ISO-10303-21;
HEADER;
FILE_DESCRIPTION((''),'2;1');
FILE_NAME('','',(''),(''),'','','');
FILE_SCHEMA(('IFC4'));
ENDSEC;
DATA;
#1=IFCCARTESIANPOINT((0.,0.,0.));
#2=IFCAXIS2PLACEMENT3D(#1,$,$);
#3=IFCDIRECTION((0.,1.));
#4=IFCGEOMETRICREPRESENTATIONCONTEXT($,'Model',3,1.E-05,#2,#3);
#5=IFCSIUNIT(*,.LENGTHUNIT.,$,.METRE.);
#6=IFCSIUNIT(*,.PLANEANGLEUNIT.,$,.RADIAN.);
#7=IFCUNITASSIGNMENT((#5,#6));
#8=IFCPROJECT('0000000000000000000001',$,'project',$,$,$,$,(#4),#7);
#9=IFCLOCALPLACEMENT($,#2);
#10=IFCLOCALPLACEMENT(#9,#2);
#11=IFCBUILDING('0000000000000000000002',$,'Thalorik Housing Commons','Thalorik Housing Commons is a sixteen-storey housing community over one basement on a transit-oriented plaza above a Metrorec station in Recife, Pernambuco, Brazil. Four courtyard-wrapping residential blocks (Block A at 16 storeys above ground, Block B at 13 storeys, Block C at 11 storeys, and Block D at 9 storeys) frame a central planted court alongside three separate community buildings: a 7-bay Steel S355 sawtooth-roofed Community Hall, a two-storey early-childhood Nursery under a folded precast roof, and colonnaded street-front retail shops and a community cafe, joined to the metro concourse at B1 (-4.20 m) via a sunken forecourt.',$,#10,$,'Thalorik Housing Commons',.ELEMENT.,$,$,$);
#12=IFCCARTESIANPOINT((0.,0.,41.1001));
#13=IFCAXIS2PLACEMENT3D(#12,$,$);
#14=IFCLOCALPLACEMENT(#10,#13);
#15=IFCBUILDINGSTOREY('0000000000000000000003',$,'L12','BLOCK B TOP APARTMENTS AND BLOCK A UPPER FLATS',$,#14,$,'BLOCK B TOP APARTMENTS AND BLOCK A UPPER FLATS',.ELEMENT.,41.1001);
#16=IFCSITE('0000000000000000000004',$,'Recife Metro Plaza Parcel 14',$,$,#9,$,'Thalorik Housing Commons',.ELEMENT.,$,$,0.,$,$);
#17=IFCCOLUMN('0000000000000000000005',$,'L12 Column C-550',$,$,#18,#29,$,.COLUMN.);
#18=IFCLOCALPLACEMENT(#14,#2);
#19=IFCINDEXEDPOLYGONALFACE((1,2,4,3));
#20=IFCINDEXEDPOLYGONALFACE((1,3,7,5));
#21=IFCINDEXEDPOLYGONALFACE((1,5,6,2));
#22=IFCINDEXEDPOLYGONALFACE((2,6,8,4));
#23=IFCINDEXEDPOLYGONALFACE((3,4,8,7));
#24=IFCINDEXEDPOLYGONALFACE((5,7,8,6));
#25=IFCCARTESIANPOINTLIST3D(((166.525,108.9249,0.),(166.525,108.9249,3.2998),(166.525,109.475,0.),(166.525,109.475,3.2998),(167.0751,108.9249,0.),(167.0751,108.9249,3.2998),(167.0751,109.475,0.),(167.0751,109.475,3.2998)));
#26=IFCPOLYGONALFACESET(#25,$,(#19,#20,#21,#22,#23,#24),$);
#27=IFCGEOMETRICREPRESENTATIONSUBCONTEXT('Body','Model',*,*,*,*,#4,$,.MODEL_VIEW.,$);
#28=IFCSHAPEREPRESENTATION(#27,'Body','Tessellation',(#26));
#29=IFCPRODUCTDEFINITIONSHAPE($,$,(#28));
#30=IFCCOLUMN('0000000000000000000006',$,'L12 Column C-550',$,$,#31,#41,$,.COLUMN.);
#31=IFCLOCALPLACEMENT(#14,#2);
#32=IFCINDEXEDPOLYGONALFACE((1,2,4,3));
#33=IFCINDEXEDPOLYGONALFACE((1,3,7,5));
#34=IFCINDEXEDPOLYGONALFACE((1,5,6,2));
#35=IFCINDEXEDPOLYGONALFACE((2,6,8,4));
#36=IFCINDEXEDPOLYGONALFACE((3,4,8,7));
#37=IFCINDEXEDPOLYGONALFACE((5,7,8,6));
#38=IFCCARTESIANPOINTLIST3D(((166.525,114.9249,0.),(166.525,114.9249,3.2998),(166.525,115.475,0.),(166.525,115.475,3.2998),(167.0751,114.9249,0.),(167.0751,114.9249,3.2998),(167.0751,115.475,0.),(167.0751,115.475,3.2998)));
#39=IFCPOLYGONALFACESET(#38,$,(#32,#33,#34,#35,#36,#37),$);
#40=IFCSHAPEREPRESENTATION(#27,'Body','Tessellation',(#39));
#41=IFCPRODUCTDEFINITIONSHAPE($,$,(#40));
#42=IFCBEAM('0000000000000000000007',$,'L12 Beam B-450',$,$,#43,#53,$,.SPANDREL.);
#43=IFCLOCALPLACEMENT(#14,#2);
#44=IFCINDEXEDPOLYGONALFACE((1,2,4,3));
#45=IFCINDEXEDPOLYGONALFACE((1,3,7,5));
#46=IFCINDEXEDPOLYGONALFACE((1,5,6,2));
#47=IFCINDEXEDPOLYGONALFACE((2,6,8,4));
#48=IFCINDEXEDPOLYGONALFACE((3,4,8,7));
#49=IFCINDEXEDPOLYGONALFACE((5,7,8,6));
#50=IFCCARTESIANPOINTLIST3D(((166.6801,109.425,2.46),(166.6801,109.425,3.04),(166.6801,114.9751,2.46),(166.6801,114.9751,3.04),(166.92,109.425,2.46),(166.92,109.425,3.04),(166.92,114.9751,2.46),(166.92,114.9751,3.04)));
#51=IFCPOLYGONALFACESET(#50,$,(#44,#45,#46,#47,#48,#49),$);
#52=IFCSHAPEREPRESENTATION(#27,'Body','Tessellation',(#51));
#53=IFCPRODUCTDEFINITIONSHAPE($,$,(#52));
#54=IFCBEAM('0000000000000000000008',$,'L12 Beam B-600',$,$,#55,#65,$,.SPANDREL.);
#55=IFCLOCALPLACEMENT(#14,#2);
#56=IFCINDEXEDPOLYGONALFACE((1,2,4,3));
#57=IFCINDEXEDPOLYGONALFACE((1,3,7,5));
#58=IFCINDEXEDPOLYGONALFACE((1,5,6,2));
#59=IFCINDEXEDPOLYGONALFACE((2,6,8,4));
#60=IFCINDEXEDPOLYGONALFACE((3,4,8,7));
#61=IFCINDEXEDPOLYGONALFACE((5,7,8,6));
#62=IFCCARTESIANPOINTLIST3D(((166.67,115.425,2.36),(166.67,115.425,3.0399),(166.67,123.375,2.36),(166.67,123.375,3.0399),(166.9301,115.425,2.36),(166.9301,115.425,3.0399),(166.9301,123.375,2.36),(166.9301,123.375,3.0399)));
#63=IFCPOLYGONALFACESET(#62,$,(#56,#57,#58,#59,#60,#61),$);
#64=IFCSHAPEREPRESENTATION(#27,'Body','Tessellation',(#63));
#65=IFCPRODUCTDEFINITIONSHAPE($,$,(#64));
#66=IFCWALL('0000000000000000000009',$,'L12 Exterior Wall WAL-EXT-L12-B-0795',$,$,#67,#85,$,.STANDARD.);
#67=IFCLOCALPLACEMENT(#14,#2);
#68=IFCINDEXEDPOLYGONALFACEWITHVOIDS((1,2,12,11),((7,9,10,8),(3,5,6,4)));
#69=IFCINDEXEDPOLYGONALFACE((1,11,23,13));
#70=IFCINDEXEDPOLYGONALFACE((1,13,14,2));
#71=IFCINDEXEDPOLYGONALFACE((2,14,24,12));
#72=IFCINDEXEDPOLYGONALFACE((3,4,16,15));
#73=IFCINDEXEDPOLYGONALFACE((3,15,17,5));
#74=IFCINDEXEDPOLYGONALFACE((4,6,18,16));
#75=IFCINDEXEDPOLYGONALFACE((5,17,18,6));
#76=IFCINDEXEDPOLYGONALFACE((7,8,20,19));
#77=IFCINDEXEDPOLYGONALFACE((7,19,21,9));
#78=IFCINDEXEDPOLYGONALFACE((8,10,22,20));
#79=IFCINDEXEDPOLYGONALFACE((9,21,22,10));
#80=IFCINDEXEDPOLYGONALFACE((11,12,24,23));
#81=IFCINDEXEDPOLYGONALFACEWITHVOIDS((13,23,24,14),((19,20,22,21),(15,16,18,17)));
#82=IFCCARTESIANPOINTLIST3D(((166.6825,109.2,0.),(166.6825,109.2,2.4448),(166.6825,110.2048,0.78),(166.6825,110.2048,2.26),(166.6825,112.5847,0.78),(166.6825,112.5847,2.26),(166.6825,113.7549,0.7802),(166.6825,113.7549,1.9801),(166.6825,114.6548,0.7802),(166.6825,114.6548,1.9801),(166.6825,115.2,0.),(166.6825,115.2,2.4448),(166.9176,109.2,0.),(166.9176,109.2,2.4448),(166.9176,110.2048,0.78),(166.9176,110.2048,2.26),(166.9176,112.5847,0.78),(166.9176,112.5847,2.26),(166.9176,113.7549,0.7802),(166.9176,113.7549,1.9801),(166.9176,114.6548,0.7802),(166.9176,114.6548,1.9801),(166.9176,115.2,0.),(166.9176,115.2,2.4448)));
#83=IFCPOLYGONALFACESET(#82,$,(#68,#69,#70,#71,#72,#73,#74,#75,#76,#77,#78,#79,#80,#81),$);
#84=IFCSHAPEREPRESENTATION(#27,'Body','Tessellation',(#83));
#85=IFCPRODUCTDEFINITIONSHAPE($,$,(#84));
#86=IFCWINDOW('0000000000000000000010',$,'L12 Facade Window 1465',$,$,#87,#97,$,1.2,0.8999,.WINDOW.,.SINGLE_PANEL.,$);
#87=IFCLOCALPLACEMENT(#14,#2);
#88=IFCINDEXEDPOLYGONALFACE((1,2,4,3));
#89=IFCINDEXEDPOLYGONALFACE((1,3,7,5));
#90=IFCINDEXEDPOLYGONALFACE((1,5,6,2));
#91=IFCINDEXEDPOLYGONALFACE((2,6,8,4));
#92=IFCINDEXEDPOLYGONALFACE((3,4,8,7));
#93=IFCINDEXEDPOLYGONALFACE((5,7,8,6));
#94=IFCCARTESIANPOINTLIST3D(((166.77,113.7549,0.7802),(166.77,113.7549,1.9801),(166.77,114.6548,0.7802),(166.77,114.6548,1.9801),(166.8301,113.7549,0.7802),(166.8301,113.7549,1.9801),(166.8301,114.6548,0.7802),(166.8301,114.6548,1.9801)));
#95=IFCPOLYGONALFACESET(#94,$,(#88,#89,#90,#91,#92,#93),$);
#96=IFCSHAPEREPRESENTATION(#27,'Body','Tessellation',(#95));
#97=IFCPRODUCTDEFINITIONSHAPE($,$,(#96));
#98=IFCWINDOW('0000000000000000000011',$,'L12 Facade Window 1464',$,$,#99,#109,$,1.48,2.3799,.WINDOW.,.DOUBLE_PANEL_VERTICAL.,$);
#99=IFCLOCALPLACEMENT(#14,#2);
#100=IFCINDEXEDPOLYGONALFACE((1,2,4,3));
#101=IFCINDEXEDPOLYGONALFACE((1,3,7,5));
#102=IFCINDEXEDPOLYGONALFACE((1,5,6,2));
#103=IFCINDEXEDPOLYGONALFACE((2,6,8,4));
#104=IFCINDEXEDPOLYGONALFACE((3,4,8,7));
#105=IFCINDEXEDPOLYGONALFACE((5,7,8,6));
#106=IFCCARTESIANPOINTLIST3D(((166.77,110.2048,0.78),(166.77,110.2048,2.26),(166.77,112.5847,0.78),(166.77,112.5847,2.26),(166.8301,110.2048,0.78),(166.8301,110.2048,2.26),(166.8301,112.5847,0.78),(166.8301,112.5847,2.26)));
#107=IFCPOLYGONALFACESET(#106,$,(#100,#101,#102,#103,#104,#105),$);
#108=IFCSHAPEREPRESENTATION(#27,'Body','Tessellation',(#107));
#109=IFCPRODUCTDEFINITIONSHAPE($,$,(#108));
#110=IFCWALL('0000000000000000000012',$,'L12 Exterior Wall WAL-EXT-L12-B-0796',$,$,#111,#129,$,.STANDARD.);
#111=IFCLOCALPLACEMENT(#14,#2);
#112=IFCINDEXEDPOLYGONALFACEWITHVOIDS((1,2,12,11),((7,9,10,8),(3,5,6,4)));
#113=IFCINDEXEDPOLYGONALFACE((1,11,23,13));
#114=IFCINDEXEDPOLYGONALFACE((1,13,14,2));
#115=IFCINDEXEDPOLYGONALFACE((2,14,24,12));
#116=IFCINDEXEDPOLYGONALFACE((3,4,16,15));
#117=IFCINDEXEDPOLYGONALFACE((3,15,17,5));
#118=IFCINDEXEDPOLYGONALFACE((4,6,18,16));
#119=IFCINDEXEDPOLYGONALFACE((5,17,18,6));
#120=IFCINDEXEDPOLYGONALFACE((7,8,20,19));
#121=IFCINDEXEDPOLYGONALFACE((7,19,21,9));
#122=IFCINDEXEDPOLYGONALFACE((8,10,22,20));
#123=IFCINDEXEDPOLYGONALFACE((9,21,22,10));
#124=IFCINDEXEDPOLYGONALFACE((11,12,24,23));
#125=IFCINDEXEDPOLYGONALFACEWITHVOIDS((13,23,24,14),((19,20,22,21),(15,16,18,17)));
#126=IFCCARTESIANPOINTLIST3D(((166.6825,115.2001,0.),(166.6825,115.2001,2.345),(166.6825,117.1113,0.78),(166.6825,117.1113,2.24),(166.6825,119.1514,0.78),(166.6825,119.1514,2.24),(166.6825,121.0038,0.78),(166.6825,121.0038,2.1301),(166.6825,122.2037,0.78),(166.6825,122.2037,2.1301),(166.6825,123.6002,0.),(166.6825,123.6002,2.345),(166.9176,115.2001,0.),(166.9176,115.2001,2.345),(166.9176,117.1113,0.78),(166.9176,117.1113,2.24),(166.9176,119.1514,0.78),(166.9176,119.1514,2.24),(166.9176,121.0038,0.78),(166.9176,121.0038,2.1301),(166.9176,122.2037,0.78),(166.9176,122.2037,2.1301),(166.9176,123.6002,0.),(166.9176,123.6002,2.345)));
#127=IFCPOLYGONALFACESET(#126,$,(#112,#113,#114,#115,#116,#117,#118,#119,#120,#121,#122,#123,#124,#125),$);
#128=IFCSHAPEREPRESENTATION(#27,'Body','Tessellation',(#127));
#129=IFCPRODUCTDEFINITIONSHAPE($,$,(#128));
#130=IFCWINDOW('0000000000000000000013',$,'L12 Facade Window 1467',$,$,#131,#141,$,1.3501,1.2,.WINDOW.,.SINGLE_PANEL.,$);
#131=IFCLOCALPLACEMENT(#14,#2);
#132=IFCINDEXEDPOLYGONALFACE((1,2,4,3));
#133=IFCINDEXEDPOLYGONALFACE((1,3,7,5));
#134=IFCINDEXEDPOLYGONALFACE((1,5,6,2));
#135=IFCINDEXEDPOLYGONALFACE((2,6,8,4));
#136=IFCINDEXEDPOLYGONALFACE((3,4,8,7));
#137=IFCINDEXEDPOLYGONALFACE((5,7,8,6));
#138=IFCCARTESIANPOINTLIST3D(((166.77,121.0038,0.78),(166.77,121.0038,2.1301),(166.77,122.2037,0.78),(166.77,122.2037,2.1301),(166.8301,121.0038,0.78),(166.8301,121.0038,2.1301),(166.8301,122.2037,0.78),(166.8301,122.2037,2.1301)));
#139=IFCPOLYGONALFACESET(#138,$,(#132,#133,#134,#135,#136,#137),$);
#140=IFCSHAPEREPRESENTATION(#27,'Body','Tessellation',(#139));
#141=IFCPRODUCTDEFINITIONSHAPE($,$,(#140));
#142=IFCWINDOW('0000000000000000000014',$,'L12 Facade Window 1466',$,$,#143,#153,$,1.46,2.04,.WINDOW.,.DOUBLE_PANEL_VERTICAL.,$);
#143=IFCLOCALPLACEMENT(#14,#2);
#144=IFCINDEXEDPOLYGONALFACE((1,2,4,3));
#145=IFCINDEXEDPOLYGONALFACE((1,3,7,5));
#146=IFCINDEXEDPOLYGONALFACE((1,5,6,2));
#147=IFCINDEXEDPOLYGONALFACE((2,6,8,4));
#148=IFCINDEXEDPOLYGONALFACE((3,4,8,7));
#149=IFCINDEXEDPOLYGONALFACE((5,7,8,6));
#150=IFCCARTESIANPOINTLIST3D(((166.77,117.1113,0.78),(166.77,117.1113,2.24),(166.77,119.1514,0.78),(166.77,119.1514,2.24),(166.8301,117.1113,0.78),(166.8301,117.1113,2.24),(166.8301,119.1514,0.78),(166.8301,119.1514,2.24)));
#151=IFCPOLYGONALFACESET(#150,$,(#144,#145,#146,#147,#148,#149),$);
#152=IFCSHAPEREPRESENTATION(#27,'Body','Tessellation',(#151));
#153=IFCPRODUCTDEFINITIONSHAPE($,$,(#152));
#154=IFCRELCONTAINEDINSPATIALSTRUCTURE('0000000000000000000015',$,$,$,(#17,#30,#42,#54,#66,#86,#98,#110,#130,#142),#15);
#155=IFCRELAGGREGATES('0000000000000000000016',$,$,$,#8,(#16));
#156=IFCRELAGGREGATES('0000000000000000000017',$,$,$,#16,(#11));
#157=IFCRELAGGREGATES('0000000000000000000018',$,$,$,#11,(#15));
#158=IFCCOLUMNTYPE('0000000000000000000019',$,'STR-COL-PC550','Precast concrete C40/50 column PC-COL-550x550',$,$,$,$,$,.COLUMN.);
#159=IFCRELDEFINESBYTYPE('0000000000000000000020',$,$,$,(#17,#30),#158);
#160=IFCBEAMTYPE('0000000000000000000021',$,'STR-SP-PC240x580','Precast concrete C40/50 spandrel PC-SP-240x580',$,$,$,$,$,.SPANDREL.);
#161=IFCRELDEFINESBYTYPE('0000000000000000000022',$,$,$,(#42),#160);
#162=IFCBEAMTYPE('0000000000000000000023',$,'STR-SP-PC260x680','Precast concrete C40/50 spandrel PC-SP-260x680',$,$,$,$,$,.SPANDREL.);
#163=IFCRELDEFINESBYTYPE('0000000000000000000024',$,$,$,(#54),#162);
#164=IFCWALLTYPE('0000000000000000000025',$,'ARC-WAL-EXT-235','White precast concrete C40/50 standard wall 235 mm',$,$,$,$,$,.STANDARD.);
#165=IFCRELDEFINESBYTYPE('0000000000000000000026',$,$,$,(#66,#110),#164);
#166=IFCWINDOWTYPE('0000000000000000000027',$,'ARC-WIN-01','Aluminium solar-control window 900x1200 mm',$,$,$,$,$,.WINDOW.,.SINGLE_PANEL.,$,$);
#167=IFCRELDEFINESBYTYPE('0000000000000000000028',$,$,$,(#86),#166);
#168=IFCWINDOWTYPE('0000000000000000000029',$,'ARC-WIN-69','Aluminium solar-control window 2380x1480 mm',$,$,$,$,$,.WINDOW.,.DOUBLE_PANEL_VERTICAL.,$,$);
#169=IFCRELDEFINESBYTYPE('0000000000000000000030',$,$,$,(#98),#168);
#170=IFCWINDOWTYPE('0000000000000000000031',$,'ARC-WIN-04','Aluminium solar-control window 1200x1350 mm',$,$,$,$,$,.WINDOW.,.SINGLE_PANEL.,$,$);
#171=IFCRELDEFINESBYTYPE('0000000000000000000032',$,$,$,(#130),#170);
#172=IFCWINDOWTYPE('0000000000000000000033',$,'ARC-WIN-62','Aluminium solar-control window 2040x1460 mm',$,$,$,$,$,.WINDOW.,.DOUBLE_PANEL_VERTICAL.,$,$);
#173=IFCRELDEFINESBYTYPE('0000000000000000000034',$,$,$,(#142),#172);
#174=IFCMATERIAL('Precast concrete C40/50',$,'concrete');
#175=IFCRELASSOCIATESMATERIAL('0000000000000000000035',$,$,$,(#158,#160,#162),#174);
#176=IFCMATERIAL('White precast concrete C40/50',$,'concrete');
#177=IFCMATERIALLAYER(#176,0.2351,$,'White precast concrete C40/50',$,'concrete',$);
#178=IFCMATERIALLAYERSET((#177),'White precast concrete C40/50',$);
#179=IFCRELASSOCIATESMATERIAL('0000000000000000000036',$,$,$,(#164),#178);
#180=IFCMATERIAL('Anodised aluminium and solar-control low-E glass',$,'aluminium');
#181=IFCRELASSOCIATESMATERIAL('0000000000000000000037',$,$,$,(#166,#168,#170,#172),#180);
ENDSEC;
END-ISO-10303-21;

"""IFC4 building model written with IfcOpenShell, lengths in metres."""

from ifc_helpers import new_model, si_unit, direction, frame, frame_2d, origin, origin_2d, place, context, subcontext, project, spatial, rectangle, extrude, material, layer, layer_set, material_profile, profile_set, type_object, element, fill, save


model = new_model("IFC4")

# Units and contexts
model_context = context("Model", 3, precision=1e-05, world=origin(), true_north=direction((0.0, 1.0)))
body_context = subcontext(model_context, "Body", "Model", "MODEL_VIEW")
ifc_project = project(units=[si_unit("LENGTHUNIT", "METRE"), si_unit("PLANEANGLEUNIT", "RADIAN")], contexts=[model_context])

# Site, building, storey
site_placement = place(None, origin())
site = spatial("IfcSite", under=ifc_project, at=site_placement, Name="Recife Metro Plaza Parcel 14", LongName="Thalorik Housing Commons", CompositionType="ELEMENT", RefElevation=0.0)
building_placement = place(site_placement, origin())
building = spatial("IfcBuilding", under=site, at=building_placement, Name="Thalorik Housing Commons", Description="Thalorik Housing Commons is a sixteen-storey housing community over one basement on a transit-oriented plaza above a Metrorec station in Recife, Pernambuco, Brazil. Four courtyard-wrapping residential blocks (Block A at 16 storeys above ground, Block B at 13 storeys, Block C at 11 storeys, and Block D at 9 storeys) frame a central planted court alongside three separate community buildings: a 7-bay Steel S355 sawtooth-roofed Community Hall, a two-storey early-childhood Nursery under a folded precast roof, and colonnaded street-front retail shops and a community cafe, joined to the metro concourse at B1 (-4.20 m) via a sunken forecourt.", LongName="Thalorik Housing Commons", CompositionType="ELEMENT")
storey_placement = place(building_placement, frame((0.0, 0.0, 41.1001)))
storey = spatial("IfcBuildingStorey", under=building, at=storey_placement, Name="L12", Description="BLOCK B TOP APARTMENTS AND BLOCK A UPPER FLATS", LongName="BLOCK B TOP APARTMENTS AND BLOCK A UPPER FLATS", CompositionType="ELEMENT", Elevation=41.1001)

# Columns
ifc_material_1 = material(Name="Precast concrete C40/50", Category="concrete")
ifc_material_profile_1 = material_profile(ifc_material_1, rectangle(XDim=0.55, YDim=0.55, at=origin_2d()), Name="PC 550x550", Category="concrete")
ifc_profile_set_1 = profile_set([ifc_material_profile_1], Name="Precast concrete C40/50")
column_type = type_object("IfcColumnType", Name="STR-COL-PC550", Description="Precast concrete C40/50 column PC-COL-550x550", PredefinedType="COLUMN", material=ifc_profile_set_1)
for number, where, z_axis, x_axis, name in (
    (1, (166.8, 109.2, 0.0), (0.0, 0.0, 1.0), (1.0, 0.0, 0.0), "L12 Column C-550"),
    (2, (166.8, 115.2, 0.0), (0.0, 0.0, 1.0), (1.0, 0.0, 0.0), "L12 Column C-550"),
):
    element("IfcColumn", number, at=place(storey_placement, frame(where, z_axis=z_axis, x_axis=x_axis)), inside=storey, type_object=column_type, Name=name, PredefinedType="COLUMN", context=body_context, shape_type="SweptSolid", body=[
        extrude(rectangle(XDim=0.55, YDim=0.55, at=origin_2d()), origin(), (0.0, 0.0, 1.0), 3.2998),
    ])

# Beams
ifc_material_profile_2 = material_profile(ifc_material_1, rectangle(XDim=0.24, YDim=0.5801, at=origin_2d()), Name="PC SP 240x580", Category="concrete")
ifc_profile_set_2 = profile_set([ifc_material_profile_2], Name="Precast concrete C40/50")
beam_type_1 = type_object("IfcBeamType", Name="STR-SP-PC240x580", Description="Precast concrete C40/50 spandrel PC-SP-240x580", PredefinedType="SPANDREL", material=ifc_profile_set_2)
beam_1_placement = place(storey_placement, frame((166.8, 109.425, 2.75), z_axis=(0.0, 1.0, 0.0), x_axis=(-1.0, 0.0, 0.0)))
element("IfcBeam", 3, at=beam_1_placement, inside=storey, type_object=beam_type_1, Name="L12 Beam B-450", PredefinedType="SPANDREL", context=body_context, shape_type="SweptSolid", body=[
    extrude(rectangle(XDim=0.24, YDim=0.5801, at=origin_2d()), origin(), (0.0, 0.0, 1.0), 5.55),
])
ifc_material_profile_3 = material_profile(ifc_material_1, rectangle(XDim=0.26, YDim=0.6799, at=origin_2d()), Name="PC SP 260x680", Category="concrete")
ifc_profile_set_3 = profile_set([ifc_material_profile_3], Name="Precast concrete C40/50")
beam_type_2 = type_object("IfcBeamType", Name="STR-SP-PC260x680", Description="Precast concrete C40/50 spandrel PC-SP-260x680", PredefinedType="SPANDREL", material=ifc_profile_set_3)
beam_2_placement = place(storey_placement, frame((166.8, 115.425, 2.7), z_axis=(0.0, 1.0, 0.0), x_axis=(-1.0, 0.0, 0.0)))
element("IfcBeam", 4, at=beam_2_placement, inside=storey, type_object=beam_type_2, Name="L12 Beam B-600", PredefinedType="SPANDREL", context=body_context, shape_type="SweptSolid", body=[
    extrude(rectangle(XDim=0.26, YDim=0.6799, at=origin_2d()), origin(), (0.0, 0.0, 1.0), 7.95),
])

# Walls, openings, windows
ifc_material_2 = material(Name="White precast concrete C40/50", Category="concrete")
ifc_layer_1 = layer(ifc_material_2, 0.2351, Name="White precast concrete C40/50", Category="concrete")
ifc_layer_set_1 = layer_set([ifc_layer_1], Name="White precast concrete C40/50")
wall_type_1 = type_object("IfcWallType", Name="ARC-WAL-EXT-235", Description="White precast concrete C40/50 standard wall 235 mm", PredefinedType="STANDARD", material=ifc_layer_set_1)
wall_1_placement = place(storey_placement, frame((166.8, 109.2, 0.0), z_axis=(0.0, 0.0, 1.0), x_axis=(0.0, 1.0, 0.0)))
wall_1 = element("IfcWall", 5, at=wall_1_placement, inside=storey, type_object=wall_type_1, Name="L12 Exterior Wall WAL-EXT-L12-B-0795", PredefinedType="STANDARD", context=body_context, shape_type="SweptSolid", body=[
    extrude(rectangle(XDim=6.0, YDim=0.2351, at=frame_2d((3.0, 0.0))), origin(), (0.0, 0.0, 1.0), 2.4448),
])
opening_1_placement = place(wall_1_placement, frame((1.0049, 0.0, 0.78)))
opening_1 = element("IfcOpeningElement", 6, at=opening_1_placement, cuts=wall_1, PredefinedType="OPENING", context=body_context, shape_type="SweptSolid", body=[
    extrude(rectangle(XDim=2.3799, YDim=1.48, at=frame_2d((1.1899, 0.74))), frame((0.0, 0.1274, 0.0), z_axis=(0.0, -1.0, 0.0), x_axis=(1.0, 0.0, 0.0)), (0.0, 0.0, 1.0), 0.2551),
])
opening_2_placement = place(wall_1_placement, frame((4.5549, 0.0, 0.78)))
opening_2 = element("IfcOpeningElement", 7, at=opening_2_placement, cuts=wall_1, PredefinedType="OPENING", context=body_context, shape_type="SweptSolid", body=[
    extrude(rectangle(XDim=0.8999, YDim=1.2, at=frame_2d((0.45, 0.6001))), frame((0.0, 0.1274, 0.0), z_axis=(0.0, -1.0, 0.0), x_axis=(1.0, 0.0, 0.0)), (0.0, 0.0, 1.0), 0.2551),
])
ifc_material_3 = material(Name="Anodised aluminium and solar-control low-E glass", Category="aluminium")
window_type_1 = type_object("IfcWindowType", Name="ARC-WIN-01", Description="Aluminium solar-control window 900x1200 mm", PartitioningType="SINGLE_PANEL", PredefinedType="WINDOW", material=ifc_material_3)
window_1_placement = place(opening_2_placement, origin())
window_1 = element("IfcWindow", 8, at=window_1_placement, inside=storey, type_object=window_type_1, Name="L12 Facade Window 1465", OverallHeight=1.2, OverallWidth=0.8999, PartitioningType="SINGLE_PANEL", PredefinedType="WINDOW", context=body_context, shape_type="SweptSolid", body=[
    extrude(rectangle(XDim=0.8999, YDim=1.2, at=frame_2d((0.45, 0.6001))), frame((0.0, 0.03, 0.0), z_axis=(0.0, -1.0, 0.0), x_axis=(1.0, 0.0, 0.0)), (0.0, 0.0, 1.0), 0.0601),
])
fill(opening_2, window_1)
window_type_2 = type_object("IfcWindowType", Name="ARC-WIN-69", Description="Aluminium solar-control window 2380x1480 mm", PartitioningType="DOUBLE_PANEL_VERTICAL", PredefinedType="WINDOW", material=ifc_material_3)
window_2_placement = place(opening_1_placement, origin())
window_2 = element("IfcWindow", 9, at=window_2_placement, inside=storey, type_object=window_type_2, Name="L12 Facade Window 1464", OverallHeight=1.48, OverallWidth=2.3799, PartitioningType="DOUBLE_PANEL_VERTICAL", PredefinedType="WINDOW", context=body_context, shape_type="SweptSolid", body=[
    extrude(rectangle(XDim=2.3799, YDim=1.48, at=frame_2d((1.1899, 0.74))), frame((0.0, 0.03, 0.0), z_axis=(0.0, -1.0, 0.0), x_axis=(1.0, 0.0, 0.0)), (0.0, 0.0, 1.0), 0.0601),
])
fill(opening_1, window_2)
wall_2_placement = place(storey_placement, frame((166.8, 115.2, 0.0), z_axis=(0.0, 0.0, 1.0), x_axis=(0.0, 1.0, 0.0)))
wall_2 = element("IfcWall", 10, at=wall_2_placement, inside=storey, type_object=wall_type_1, Name="L12 Exterior Wall WAL-EXT-L12-B-0796", PredefinedType="STANDARD", context=body_context, shape_type="SweptSolid", body=[
    extrude(rectangle(XDim=8.4001, YDim=0.2351, at=frame_2d((4.2002, 0.0))), origin(), (0.0, 0.0, 1.0), 2.345),
])
opening_3_placement = place(wall_2_placement, frame((1.9114, 0.0, 0.78)))
opening_3 = element("IfcOpeningElement", 11, at=opening_3_placement, cuts=wall_2, PredefinedType="OPENING", context=body_context, shape_type="SweptSolid", body=[
    extrude(rectangle(XDim=2.04, YDim=1.46, at=frame_2d((1.02, 0.73))), frame((0.0, 0.1274, 0.0), z_axis=(0.0, -1.0, 0.0), x_axis=(1.0, 0.0, 0.0)), (0.0, 0.0, 1.0), 0.2551),
])
opening_4_placement = place(wall_2_placement, frame((5.8037, 0.0, 0.78)))
opening_4 = element("IfcOpeningElement", 12, at=opening_4_placement, cuts=wall_2, PredefinedType="OPENING", context=body_context, shape_type="SweptSolid", body=[
    extrude(rectangle(XDim=1.2, YDim=1.3501, at=frame_2d((0.6001, 0.675))), frame((0.0, 0.1274, 0.0), z_axis=(0.0, -1.0, 0.0), x_axis=(1.0, 0.0, 0.0)), (0.0, 0.0, 1.0), 0.2551),
])
window_type_3 = type_object("IfcWindowType", Name="ARC-WIN-04", Description="Aluminium solar-control window 1200x1350 mm", PartitioningType="SINGLE_PANEL", PredefinedType="WINDOW", material=ifc_material_3)
window_3_placement = place(opening_4_placement, origin())
window_3 = element("IfcWindow", 13, at=window_3_placement, inside=storey, type_object=window_type_3, Name="L12 Facade Window 1467", OverallHeight=1.3501, OverallWidth=1.2, PartitioningType="SINGLE_PANEL", PredefinedType="WINDOW", context=body_context, shape_type="SweptSolid", body=[
    extrude(rectangle(XDim=1.2, YDim=1.3501, at=frame_2d((0.6001, 0.675))), frame((0.0, 0.03, 0.0), z_axis=(0.0, -1.0, 0.0), x_axis=(1.0, 0.0, 0.0)), (0.0, 0.0, 1.0), 0.0601),
])
fill(opening_4, window_3)
window_type_4 = type_object("IfcWindowType", Name="ARC-WIN-62", Description="Aluminium solar-control window 2040x1460 mm", PartitioningType="DOUBLE_PANEL_VERTICAL", PredefinedType="WINDOW", material=ifc_material_3)
window_4_placement = place(opening_3_placement, origin())
window_4 = element("IfcWindow", 14, at=window_4_placement, inside=storey, type_object=window_type_4, Name="L12 Facade Window 1466", OverallHeight=1.46, OverallWidth=2.04, PartitioningType="DOUBLE_PANEL_VERTICAL", PredefinedType="WINDOW", context=body_context, shape_type="SweptSolid", body=[
    extrude(rectangle(XDim=2.04, YDim=1.46, at=frame_2d((1.02, 0.73))), frame((0.0, 0.03, 0.0), z_axis=(0.0, -1.0, 0.0), x_axis=(1.0, 0.0, 0.0)), (0.0, 0.0, 1.0), 0.0601),
])
fill(opening_3, window_4)

save(model, "model.ifc")
